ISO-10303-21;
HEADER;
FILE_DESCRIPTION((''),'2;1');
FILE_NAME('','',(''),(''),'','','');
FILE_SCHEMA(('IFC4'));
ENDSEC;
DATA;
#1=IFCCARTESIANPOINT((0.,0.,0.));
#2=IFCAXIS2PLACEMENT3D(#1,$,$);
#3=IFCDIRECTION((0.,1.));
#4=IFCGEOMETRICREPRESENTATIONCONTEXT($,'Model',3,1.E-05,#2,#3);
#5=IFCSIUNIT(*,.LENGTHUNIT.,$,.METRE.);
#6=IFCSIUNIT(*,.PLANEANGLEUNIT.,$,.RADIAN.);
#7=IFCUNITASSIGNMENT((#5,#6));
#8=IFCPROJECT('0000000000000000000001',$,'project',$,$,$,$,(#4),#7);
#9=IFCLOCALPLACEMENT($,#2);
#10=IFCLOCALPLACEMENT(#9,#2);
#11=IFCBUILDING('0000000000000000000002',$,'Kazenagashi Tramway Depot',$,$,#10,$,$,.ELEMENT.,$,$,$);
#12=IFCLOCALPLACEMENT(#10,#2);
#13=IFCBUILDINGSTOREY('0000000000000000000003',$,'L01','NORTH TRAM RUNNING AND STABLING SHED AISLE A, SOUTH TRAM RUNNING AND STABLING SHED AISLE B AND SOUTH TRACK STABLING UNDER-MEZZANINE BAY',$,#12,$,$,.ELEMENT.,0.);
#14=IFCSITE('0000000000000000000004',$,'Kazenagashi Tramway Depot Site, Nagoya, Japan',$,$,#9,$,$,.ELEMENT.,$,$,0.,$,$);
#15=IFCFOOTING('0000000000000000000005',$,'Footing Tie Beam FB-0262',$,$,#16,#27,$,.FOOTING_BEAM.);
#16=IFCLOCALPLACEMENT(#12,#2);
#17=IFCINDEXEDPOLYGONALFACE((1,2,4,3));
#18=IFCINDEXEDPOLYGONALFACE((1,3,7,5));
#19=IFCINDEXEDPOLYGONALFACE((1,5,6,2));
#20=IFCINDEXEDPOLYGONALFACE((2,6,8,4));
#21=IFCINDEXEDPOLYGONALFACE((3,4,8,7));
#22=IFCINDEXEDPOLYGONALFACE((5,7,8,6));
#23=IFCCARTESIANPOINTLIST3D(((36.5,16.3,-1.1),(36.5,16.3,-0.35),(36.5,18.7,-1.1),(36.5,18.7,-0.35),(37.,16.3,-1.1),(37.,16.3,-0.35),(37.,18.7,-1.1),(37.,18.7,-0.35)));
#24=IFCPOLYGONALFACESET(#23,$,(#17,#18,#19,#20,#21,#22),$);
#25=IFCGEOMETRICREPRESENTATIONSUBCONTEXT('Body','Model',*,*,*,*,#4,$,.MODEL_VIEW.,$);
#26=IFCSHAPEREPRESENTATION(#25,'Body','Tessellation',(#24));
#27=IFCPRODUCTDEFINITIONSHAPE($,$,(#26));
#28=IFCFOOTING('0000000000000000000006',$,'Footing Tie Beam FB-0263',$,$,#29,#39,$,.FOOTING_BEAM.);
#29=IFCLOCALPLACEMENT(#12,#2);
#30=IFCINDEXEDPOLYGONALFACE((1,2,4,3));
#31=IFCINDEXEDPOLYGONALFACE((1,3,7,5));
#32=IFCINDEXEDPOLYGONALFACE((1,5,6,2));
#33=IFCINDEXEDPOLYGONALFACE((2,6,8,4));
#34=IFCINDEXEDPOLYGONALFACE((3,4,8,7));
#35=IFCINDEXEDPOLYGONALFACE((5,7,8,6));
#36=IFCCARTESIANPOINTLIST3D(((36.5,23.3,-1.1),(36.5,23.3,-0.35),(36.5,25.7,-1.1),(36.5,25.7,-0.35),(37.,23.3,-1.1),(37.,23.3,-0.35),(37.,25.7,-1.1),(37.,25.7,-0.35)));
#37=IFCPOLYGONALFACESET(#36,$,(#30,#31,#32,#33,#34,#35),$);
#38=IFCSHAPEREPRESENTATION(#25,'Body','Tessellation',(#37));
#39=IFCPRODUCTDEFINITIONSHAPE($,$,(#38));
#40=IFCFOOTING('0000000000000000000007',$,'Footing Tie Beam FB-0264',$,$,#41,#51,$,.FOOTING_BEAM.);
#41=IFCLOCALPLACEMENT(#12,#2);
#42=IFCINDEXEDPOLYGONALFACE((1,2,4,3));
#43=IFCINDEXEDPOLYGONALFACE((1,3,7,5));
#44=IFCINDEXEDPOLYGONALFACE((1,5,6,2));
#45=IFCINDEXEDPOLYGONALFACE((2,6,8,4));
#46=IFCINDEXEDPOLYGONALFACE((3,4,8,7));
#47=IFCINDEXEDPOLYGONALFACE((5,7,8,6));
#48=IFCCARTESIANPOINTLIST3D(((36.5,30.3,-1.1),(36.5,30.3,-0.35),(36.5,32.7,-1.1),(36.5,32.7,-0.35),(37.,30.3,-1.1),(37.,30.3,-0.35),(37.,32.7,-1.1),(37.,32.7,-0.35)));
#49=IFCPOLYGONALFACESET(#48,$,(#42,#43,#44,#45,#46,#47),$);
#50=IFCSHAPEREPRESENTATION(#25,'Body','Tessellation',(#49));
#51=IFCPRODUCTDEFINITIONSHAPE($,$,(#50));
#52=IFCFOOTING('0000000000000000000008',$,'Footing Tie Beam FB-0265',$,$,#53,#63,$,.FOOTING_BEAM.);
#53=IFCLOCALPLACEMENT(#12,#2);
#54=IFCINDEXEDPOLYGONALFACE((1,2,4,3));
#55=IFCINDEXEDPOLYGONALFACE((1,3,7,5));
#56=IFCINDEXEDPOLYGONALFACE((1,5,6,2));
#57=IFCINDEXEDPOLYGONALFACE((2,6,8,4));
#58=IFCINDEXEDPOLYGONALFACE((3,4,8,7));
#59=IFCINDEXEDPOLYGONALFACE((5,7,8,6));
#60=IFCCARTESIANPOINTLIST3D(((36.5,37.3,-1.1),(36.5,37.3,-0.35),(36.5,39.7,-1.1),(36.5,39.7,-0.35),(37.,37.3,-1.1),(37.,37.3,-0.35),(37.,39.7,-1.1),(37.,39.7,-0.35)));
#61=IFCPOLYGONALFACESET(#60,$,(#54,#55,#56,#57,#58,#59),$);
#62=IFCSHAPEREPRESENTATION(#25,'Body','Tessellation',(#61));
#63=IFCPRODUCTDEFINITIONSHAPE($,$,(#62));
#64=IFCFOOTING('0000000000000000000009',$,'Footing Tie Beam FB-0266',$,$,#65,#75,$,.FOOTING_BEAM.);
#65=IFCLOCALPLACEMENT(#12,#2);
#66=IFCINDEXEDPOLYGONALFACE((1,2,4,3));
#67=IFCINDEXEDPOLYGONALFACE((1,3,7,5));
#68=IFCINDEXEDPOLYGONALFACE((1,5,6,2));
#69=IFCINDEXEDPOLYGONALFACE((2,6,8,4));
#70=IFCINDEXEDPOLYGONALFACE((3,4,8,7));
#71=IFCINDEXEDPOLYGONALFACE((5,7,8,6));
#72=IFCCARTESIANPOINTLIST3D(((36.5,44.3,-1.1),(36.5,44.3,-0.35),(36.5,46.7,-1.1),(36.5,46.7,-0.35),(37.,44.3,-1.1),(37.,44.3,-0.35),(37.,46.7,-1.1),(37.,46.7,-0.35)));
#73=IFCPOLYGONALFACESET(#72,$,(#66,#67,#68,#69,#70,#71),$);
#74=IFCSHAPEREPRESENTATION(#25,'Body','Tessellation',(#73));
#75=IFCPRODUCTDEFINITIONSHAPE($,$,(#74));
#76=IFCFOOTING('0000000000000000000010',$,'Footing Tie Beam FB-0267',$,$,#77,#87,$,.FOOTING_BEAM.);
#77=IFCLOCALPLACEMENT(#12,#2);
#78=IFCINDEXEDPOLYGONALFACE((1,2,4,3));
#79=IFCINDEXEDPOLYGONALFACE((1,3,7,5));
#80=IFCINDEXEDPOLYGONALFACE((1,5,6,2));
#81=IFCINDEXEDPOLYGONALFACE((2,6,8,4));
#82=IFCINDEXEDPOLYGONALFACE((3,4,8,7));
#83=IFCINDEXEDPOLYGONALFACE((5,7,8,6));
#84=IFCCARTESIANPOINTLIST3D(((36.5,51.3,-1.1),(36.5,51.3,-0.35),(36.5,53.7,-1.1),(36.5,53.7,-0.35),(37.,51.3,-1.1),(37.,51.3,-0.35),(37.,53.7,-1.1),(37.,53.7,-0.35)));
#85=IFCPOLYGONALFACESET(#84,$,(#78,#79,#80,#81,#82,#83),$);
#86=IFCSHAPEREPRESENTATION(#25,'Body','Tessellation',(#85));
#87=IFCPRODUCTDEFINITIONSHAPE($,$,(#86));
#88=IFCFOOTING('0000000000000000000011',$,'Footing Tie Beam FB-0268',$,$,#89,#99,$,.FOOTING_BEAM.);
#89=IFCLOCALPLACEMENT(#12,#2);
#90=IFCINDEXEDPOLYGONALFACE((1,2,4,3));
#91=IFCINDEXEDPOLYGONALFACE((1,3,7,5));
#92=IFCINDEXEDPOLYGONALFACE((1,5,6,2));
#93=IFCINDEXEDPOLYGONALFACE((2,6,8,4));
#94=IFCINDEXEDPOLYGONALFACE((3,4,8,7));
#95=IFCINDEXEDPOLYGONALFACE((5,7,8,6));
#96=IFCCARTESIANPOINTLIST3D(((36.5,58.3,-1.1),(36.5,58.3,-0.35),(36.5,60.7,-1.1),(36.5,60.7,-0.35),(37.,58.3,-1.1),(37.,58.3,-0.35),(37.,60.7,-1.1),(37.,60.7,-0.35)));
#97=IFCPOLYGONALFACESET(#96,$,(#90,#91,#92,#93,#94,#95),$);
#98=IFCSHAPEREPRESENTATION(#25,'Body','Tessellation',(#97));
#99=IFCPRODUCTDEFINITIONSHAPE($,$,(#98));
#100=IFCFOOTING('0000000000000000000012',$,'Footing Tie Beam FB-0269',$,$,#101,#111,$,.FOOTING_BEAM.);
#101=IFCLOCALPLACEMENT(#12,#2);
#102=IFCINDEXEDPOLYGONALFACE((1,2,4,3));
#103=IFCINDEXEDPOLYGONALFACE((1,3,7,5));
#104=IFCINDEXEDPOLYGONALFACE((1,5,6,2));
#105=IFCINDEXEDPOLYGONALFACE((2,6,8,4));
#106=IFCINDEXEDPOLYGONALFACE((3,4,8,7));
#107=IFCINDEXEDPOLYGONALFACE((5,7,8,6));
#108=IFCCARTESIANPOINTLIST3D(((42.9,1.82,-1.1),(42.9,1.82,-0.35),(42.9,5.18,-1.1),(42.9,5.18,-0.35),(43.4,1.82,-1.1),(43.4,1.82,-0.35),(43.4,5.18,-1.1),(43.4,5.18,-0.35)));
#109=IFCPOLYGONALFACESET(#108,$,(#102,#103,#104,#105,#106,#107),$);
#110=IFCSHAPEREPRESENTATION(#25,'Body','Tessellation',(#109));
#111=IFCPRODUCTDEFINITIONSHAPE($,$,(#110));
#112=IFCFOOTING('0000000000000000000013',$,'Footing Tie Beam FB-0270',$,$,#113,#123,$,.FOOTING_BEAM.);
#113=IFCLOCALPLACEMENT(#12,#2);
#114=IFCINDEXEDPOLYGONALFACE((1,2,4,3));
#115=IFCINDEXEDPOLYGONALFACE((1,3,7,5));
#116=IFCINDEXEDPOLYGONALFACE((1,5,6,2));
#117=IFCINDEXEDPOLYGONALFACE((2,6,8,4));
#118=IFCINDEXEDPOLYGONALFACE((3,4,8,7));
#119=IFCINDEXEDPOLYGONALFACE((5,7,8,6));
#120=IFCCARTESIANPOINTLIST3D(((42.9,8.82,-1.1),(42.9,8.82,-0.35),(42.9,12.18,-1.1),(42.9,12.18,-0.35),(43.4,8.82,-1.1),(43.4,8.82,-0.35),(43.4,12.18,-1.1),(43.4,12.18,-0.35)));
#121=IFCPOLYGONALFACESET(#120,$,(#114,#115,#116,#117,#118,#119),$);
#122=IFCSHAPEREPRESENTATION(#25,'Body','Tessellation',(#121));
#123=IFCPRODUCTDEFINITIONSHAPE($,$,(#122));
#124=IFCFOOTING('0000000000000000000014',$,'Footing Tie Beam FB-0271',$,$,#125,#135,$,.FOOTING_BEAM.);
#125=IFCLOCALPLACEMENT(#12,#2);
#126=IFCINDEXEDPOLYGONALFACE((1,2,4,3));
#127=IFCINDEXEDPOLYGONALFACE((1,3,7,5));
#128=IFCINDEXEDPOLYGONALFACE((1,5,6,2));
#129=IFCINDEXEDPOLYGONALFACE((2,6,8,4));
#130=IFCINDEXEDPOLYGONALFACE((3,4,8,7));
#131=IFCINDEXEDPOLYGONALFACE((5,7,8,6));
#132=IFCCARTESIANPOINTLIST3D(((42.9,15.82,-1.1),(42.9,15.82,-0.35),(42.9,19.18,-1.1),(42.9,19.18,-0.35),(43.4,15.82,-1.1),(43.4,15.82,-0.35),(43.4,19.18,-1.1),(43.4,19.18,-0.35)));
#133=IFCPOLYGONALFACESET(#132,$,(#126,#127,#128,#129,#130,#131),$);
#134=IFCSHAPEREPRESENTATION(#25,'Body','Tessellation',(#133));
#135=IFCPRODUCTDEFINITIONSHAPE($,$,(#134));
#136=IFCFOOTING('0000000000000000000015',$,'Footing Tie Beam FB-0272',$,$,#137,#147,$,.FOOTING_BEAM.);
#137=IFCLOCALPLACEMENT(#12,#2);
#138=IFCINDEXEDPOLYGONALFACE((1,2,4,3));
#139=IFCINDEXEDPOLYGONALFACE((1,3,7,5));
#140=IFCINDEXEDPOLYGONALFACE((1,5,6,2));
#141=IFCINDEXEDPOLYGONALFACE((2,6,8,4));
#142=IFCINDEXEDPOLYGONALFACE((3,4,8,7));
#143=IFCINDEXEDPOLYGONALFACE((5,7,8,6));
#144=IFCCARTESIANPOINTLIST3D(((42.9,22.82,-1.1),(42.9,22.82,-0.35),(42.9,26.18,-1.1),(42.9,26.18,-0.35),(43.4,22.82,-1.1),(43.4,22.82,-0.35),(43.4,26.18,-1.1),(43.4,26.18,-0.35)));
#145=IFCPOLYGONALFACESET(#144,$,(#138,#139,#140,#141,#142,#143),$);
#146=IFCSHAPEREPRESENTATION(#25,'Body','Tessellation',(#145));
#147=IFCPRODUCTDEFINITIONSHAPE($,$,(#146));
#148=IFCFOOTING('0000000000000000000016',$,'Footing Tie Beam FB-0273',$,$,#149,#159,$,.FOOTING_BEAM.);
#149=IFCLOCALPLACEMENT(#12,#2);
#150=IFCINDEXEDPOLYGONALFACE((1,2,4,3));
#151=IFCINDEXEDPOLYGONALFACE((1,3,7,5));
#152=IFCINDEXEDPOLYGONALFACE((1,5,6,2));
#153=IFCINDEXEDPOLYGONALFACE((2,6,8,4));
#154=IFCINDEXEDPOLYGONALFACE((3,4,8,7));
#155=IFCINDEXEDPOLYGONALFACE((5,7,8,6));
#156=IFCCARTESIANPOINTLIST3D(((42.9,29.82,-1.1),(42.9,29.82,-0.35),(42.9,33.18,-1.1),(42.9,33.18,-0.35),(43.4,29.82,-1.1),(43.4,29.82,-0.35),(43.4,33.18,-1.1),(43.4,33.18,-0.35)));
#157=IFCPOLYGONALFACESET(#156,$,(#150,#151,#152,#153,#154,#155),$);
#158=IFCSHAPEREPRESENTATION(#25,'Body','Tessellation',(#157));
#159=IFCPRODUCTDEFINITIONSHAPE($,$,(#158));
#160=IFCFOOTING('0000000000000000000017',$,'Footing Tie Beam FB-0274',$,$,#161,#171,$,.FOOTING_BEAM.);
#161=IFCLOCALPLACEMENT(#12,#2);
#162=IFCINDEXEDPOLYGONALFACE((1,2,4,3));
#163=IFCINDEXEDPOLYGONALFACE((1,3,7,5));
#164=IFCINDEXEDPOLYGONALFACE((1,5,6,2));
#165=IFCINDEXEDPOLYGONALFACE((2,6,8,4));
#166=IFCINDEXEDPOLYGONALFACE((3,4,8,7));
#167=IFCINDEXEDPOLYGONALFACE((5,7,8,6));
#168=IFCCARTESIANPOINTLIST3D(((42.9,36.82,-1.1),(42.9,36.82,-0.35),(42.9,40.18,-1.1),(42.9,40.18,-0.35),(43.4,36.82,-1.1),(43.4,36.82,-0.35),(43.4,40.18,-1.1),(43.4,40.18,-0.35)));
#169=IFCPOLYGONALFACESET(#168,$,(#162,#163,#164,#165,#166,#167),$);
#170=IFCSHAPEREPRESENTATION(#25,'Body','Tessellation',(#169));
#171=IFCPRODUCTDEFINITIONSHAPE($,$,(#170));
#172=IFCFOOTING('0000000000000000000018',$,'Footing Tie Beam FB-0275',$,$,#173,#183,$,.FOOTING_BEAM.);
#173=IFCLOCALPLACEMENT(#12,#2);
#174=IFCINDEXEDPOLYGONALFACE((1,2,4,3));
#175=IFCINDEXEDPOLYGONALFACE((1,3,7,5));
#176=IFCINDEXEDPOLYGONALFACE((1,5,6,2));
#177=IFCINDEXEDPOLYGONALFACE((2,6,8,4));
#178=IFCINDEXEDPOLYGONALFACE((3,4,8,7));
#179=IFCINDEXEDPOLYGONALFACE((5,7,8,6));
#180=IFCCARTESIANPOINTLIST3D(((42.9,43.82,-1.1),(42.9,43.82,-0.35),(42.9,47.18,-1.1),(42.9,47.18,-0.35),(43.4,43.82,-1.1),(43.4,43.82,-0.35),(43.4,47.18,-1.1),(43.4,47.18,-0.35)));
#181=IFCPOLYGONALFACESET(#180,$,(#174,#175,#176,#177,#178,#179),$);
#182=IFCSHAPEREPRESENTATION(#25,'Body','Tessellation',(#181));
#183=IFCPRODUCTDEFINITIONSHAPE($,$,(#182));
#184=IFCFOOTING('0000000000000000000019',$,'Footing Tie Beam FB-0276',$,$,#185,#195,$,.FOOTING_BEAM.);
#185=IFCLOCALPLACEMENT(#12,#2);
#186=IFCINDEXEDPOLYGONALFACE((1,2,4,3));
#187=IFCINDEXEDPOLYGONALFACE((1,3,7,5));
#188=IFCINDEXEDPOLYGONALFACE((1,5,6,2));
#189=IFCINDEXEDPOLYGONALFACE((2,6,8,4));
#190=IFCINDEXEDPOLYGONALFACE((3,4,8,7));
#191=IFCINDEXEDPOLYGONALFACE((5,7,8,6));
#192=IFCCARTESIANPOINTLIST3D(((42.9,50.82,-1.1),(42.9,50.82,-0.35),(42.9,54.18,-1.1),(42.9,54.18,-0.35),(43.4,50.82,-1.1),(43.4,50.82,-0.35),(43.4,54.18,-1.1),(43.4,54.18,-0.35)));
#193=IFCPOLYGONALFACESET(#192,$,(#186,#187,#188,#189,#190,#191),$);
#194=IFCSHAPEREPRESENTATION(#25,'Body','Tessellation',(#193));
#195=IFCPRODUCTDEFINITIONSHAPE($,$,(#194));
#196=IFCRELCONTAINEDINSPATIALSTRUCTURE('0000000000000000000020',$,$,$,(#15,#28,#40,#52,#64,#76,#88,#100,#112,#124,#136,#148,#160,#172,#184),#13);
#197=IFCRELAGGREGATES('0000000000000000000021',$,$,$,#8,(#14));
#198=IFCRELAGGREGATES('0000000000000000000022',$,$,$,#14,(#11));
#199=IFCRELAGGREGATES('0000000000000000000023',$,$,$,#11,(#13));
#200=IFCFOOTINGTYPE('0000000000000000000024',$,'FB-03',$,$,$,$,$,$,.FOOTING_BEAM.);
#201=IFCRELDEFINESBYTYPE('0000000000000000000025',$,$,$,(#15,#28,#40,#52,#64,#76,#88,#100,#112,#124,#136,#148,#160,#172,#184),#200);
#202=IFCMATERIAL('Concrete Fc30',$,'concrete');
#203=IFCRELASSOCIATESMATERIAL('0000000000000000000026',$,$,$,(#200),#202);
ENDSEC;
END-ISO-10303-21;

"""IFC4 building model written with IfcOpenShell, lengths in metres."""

from ifc_helpers import new_model, si_unit, direction, frame, origin, place, context, subcontext, project, spatial, polyline, outline, extrude, material, type_object, element, save


model = new_model("IFC4")

# Units and contexts
model_context = context("Model", 3, precision=1e-05, world=origin(), true_north=direction((0.0, 1.0)))
body_context = subcontext(model_context, "Body", "Model", "MODEL_VIEW")
ifc_project = project(units=[si_unit("LENGTHUNIT", "METRE"), si_unit("PLANEANGLEUNIT", "RADIAN")], contexts=[model_context])

# Site, building, storey
site_placement = place(None, origin())
site = spatial("IfcSite", under=ifc_project, at=site_placement, Name="Kazenagashi Tramway Depot Site, Nagoya, Japan", CompositionType="ELEMENT", RefElevation=0.0)
building_placement = place(site_placement, origin())
building = spatial("IfcBuilding", under=site, at=building_placement, Name="Kazenagashi Tramway Depot", CompositionType="ELEMENT")
storey_placement = place(building_placement, origin())
storey = spatial("IfcBuildingStorey", under=building, at=storey_placement, Name="L01", Description="NORTH TRAM RUNNING AND STABLING SHED AISLE A, SOUTH TRAM RUNNING AND STABLING SHED AISLE B AND SOUTH TRACK STABLING UNDER-MEZZANINE BAY", CompositionType="ELEMENT", Elevation=0.0)

# Footings
ifc_material = material(Name="Concrete Fc30", Category="concrete")
footing_type = type_object("IfcFootingType", Name="FB-03", PredefinedType="FOOTING_BEAM", material=ifc_material)
footing_1_placement = place(storey_placement, frame((0.0, 0.0, -1.1)))
element("IfcFooting", 1, at=footing_1_placement, inside=storey, type_object=footing_type, Name="Footing Tie Beam FB-0262", PredefinedType="FOOTING_BEAM", context=body_context, shape_type="SweptSolid", body=[
    extrude(outline(polyline([(36.5, 16.3), (37.0, 16.3), (37.0, 18.7), (36.5, 18.7), (36.5, 16.3)])), origin(), (0.0, 0.0, 1.0), 0.75),
])
footing_2_placement = place(storey_placement, frame((0.0, 0.0, -1.1)))
element("IfcFooting", 2, at=footing_2_placement, inside=storey, type_object=footing_type, Name="Footing Tie Beam FB-0263", PredefinedType="FOOTING_BEAM", context=body_context, shape_type="SweptSolid", body=[
    extrude(outline(polyline([(36.5, 23.3), (37.0, 23.3), (37.0, 25.7), (36.5, 25.7), (36.5, 23.3)])), origin(), (0.0, 0.0, 1.0), 0.75),
])
footing_3_placement = place(storey_placement, frame((0.0, 0.0, -1.1)))
element("IfcFooting", 3, at=footing_3_placement, inside=storey, type_object=footing_type, Name="Footing Tie Beam FB-0264", PredefinedType="FOOTING_BEAM", context=body_context, shape_type="SweptSolid", body=[
    extrude(outline(polyline([(36.5, 30.3), (37.0, 30.3), (37.0, 32.7), (36.5, 32.7), (36.5, 30.3)])), origin(), (0.0, 0.0, 1.0), 0.75),
])
footing_4_placement = place(storey_placement, frame((0.0, 0.0, -1.1)))
element("IfcFooting", 4, at=footing_4_placement, inside=storey, type_object=footing_type, Name="Footing Tie Beam FB-0265", PredefinedType="FOOTING_BEAM", context=body_context, shape_type="SweptSolid", body=[
    extrude(outline(polyline([(36.5, 37.3), (37.0, 37.3), (37.0, 39.7), (36.5, 39.7), (36.5, 37.3)])), origin(), (0.0, 0.0, 1.0), 0.75),
])
footing_5_placement = place(storey_placement, frame((0.0, 0.0, -1.1)))
element("IfcFooting", 5, at=footing_5_placement, inside=storey, type_object=footing_type, Name="Footing Tie Beam FB-0266", PredefinedType="FOOTING_BEAM", context=body_context, shape_type="SweptSolid", body=[
    extrude(outline(polyline([(36.5, 44.3), (37.0, 44.3), (37.0, 46.7), (36.5, 46.7), (36.5, 44.3)])), origin(), (0.0, 0.0, 1.0), 0.75),
])
footing_6_placement = place(storey_placement, frame((0.0, 0.0, -1.1)))
element("IfcFooting", 6, at=footing_6_placement, inside=storey, type_object=footing_type, Name="Footing Tie Beam FB-0267", PredefinedType="FOOTING_BEAM", context=body_context, shape_type="SweptSolid", body=[
    extrude(outline(polyline([(36.5, 51.3), (37.0, 51.3), (37.0, 53.7), (36.5, 53.7), (36.5, 51.3)])), origin(), (0.0, 0.0, 1.0), 0.75),
])
footing_7_placement = place(storey_placement, frame((0.0, 0.0, -1.1)))
element("IfcFooting", 7, at=footing_7_placement, inside=storey, type_object=footing_type, Name="Footing Tie Beam FB-0268", PredefinedType="FOOTING_BEAM", context=body_context, shape_type="SweptSolid", body=[
    extrude(outline(polyline([(36.5, 58.3), (37.0, 58.3), (37.0, 60.7), (36.5, 60.7), (36.5, 58.3)])), origin(), (0.0, 0.0, 1.0), 0.75),
])
footing_8_placement = place(storey_placement, frame((0.0, 0.0, -1.1)))
element("IfcFooting", 8, at=footing_8_placement, inside=storey, type_object=footing_type, Name="Footing Tie Beam FB-0269", PredefinedType="FOOTING_BEAM", context=body_context, shape_type="SweptSolid", body=[
    extrude(outline(polyline([(42.9, 1.82), (43.4, 1.82), (43.4, 5.18), (42.9, 5.18), (42.9, 1.82)])), origin(), (0.0, 0.0, 1.0), 0.75),
])
footing_9_placement = place(storey_placement, frame((0.0, 0.0, -1.1)))
element("IfcFooting", 9, at=footing_9_placement, inside=storey, type_object=footing_type, Name="Footing Tie Beam FB-0270", PredefinedType="FOOTING_BEAM", context=body_context, shape_type="SweptSolid", body=[
    extrude(outline(polyline([(42.9, 8.82), (43.4, 8.82), (43.4, 12.18), (42.9, 12.18), (42.9, 8.82)])), origin(), (0.0, 0.0, 1.0), 0.75),
])
footing_10_placement = place(storey_placement, frame((0.0, 0.0, -1.1)))
element("IfcFooting", 10, at=footing_10_placement, inside=storey, type_object=footing_type, Name="Footing Tie Beam FB-0271", PredefinedType="FOOTING_BEAM", context=body_context, shape_type="SweptSolid", body=[
    extrude(outline(polyline([(42.9, 15.82), (43.4, 15.82), (43.4, 19.18), (42.9, 19.18), (42.9, 15.82)])), origin(), (0.0, 0.0, 1.0), 0.75),
])
footing_11_placement = place(storey_placement, frame((0.0, 0.0, -1.1)))
element("IfcFooting", 11, at=footing_11_placement, inside=storey, type_object=footing_type, Name="Footing Tie Beam FB-0272", PredefinedType="FOOTING_BEAM", context=body_context, shape_type="SweptSolid", body=[
    extrude(outline(polyline([(42.9, 22.82), (43.4, 22.82), (43.4, 26.18), (42.9, 26.18), (42.9, 22.82)])), origin(), (0.0, 0.0, 1.0), 0.75),
])
footing_12_placement = place(storey_placement, frame((0.0, 0.0, -1.1)))
element("IfcFooting", 12, at=footing_12_placement, inside=storey, type_object=footing_type, Name="Footing Tie Beam FB-0273", PredefinedType="FOOTING_BEAM", context=body_context, shape_type="SweptSolid", body=[
    extrude(outline(polyline([(42.9, 29.82), (43.4, 29.82), (43.4, 33.18), (42.9, 33.18), (42.9, 29.82)])), origin(), (0.0, 0.0, 1.0), 0.75),
])
footing_13_placement = place(storey_placement, frame((0.0, 0.0, -1.1)))
element("IfcFooting", 13, at=footing_13_placement, inside=storey, type_object=footing_type, Name="Footing Tie Beam FB-0274", PredefinedType="FOOTING_BEAM", context=body_context, shape_type="SweptSolid", body=[
    extrude(outline(polyline([(42.9, 36.82), (43.4, 36.82), (43.4, 40.18), (42.9, 40.18), (42.9, 36.82)])), origin(), (0.0, 0.0, 1.0), 0.75),
])
footing_14_placement = place(storey_placement, frame((0.0, 0.0, -1.1)))
element("IfcFooting", 14, at=footing_14_placement, inside=storey, type_object=footing_type, Name="Footing Tie Beam FB-0275", PredefinedType="FOOTING_BEAM", context=body_context, shape_type="SweptSolid", body=[
    extrude(outline(polyline([(42.9, 43.82), (43.4, 43.82), (43.4, 47.18), (42.9, 47.18), (42.9, 43.82)])), origin(), (0.0, 0.0, 1.0), 0.75),
])
footing_15_placement = place(storey_placement, frame((0.0, 0.0, -1.1)))
element("IfcFooting", 15, at=footing_15_placement, inside=storey, type_object=footing_type, Name="Footing Tie Beam FB-0276", PredefinedType="FOOTING_BEAM", context=body_context, shape_type="SweptSolid", body=[
    extrude(outline(polyline([(42.9, 50.82), (43.4, 50.82), (43.4, 54.18), (42.9, 54.18), (42.9, 50.82)])), origin(), (0.0, 0.0, 1.0), 0.75),
])

save(model, "model.ifc")
